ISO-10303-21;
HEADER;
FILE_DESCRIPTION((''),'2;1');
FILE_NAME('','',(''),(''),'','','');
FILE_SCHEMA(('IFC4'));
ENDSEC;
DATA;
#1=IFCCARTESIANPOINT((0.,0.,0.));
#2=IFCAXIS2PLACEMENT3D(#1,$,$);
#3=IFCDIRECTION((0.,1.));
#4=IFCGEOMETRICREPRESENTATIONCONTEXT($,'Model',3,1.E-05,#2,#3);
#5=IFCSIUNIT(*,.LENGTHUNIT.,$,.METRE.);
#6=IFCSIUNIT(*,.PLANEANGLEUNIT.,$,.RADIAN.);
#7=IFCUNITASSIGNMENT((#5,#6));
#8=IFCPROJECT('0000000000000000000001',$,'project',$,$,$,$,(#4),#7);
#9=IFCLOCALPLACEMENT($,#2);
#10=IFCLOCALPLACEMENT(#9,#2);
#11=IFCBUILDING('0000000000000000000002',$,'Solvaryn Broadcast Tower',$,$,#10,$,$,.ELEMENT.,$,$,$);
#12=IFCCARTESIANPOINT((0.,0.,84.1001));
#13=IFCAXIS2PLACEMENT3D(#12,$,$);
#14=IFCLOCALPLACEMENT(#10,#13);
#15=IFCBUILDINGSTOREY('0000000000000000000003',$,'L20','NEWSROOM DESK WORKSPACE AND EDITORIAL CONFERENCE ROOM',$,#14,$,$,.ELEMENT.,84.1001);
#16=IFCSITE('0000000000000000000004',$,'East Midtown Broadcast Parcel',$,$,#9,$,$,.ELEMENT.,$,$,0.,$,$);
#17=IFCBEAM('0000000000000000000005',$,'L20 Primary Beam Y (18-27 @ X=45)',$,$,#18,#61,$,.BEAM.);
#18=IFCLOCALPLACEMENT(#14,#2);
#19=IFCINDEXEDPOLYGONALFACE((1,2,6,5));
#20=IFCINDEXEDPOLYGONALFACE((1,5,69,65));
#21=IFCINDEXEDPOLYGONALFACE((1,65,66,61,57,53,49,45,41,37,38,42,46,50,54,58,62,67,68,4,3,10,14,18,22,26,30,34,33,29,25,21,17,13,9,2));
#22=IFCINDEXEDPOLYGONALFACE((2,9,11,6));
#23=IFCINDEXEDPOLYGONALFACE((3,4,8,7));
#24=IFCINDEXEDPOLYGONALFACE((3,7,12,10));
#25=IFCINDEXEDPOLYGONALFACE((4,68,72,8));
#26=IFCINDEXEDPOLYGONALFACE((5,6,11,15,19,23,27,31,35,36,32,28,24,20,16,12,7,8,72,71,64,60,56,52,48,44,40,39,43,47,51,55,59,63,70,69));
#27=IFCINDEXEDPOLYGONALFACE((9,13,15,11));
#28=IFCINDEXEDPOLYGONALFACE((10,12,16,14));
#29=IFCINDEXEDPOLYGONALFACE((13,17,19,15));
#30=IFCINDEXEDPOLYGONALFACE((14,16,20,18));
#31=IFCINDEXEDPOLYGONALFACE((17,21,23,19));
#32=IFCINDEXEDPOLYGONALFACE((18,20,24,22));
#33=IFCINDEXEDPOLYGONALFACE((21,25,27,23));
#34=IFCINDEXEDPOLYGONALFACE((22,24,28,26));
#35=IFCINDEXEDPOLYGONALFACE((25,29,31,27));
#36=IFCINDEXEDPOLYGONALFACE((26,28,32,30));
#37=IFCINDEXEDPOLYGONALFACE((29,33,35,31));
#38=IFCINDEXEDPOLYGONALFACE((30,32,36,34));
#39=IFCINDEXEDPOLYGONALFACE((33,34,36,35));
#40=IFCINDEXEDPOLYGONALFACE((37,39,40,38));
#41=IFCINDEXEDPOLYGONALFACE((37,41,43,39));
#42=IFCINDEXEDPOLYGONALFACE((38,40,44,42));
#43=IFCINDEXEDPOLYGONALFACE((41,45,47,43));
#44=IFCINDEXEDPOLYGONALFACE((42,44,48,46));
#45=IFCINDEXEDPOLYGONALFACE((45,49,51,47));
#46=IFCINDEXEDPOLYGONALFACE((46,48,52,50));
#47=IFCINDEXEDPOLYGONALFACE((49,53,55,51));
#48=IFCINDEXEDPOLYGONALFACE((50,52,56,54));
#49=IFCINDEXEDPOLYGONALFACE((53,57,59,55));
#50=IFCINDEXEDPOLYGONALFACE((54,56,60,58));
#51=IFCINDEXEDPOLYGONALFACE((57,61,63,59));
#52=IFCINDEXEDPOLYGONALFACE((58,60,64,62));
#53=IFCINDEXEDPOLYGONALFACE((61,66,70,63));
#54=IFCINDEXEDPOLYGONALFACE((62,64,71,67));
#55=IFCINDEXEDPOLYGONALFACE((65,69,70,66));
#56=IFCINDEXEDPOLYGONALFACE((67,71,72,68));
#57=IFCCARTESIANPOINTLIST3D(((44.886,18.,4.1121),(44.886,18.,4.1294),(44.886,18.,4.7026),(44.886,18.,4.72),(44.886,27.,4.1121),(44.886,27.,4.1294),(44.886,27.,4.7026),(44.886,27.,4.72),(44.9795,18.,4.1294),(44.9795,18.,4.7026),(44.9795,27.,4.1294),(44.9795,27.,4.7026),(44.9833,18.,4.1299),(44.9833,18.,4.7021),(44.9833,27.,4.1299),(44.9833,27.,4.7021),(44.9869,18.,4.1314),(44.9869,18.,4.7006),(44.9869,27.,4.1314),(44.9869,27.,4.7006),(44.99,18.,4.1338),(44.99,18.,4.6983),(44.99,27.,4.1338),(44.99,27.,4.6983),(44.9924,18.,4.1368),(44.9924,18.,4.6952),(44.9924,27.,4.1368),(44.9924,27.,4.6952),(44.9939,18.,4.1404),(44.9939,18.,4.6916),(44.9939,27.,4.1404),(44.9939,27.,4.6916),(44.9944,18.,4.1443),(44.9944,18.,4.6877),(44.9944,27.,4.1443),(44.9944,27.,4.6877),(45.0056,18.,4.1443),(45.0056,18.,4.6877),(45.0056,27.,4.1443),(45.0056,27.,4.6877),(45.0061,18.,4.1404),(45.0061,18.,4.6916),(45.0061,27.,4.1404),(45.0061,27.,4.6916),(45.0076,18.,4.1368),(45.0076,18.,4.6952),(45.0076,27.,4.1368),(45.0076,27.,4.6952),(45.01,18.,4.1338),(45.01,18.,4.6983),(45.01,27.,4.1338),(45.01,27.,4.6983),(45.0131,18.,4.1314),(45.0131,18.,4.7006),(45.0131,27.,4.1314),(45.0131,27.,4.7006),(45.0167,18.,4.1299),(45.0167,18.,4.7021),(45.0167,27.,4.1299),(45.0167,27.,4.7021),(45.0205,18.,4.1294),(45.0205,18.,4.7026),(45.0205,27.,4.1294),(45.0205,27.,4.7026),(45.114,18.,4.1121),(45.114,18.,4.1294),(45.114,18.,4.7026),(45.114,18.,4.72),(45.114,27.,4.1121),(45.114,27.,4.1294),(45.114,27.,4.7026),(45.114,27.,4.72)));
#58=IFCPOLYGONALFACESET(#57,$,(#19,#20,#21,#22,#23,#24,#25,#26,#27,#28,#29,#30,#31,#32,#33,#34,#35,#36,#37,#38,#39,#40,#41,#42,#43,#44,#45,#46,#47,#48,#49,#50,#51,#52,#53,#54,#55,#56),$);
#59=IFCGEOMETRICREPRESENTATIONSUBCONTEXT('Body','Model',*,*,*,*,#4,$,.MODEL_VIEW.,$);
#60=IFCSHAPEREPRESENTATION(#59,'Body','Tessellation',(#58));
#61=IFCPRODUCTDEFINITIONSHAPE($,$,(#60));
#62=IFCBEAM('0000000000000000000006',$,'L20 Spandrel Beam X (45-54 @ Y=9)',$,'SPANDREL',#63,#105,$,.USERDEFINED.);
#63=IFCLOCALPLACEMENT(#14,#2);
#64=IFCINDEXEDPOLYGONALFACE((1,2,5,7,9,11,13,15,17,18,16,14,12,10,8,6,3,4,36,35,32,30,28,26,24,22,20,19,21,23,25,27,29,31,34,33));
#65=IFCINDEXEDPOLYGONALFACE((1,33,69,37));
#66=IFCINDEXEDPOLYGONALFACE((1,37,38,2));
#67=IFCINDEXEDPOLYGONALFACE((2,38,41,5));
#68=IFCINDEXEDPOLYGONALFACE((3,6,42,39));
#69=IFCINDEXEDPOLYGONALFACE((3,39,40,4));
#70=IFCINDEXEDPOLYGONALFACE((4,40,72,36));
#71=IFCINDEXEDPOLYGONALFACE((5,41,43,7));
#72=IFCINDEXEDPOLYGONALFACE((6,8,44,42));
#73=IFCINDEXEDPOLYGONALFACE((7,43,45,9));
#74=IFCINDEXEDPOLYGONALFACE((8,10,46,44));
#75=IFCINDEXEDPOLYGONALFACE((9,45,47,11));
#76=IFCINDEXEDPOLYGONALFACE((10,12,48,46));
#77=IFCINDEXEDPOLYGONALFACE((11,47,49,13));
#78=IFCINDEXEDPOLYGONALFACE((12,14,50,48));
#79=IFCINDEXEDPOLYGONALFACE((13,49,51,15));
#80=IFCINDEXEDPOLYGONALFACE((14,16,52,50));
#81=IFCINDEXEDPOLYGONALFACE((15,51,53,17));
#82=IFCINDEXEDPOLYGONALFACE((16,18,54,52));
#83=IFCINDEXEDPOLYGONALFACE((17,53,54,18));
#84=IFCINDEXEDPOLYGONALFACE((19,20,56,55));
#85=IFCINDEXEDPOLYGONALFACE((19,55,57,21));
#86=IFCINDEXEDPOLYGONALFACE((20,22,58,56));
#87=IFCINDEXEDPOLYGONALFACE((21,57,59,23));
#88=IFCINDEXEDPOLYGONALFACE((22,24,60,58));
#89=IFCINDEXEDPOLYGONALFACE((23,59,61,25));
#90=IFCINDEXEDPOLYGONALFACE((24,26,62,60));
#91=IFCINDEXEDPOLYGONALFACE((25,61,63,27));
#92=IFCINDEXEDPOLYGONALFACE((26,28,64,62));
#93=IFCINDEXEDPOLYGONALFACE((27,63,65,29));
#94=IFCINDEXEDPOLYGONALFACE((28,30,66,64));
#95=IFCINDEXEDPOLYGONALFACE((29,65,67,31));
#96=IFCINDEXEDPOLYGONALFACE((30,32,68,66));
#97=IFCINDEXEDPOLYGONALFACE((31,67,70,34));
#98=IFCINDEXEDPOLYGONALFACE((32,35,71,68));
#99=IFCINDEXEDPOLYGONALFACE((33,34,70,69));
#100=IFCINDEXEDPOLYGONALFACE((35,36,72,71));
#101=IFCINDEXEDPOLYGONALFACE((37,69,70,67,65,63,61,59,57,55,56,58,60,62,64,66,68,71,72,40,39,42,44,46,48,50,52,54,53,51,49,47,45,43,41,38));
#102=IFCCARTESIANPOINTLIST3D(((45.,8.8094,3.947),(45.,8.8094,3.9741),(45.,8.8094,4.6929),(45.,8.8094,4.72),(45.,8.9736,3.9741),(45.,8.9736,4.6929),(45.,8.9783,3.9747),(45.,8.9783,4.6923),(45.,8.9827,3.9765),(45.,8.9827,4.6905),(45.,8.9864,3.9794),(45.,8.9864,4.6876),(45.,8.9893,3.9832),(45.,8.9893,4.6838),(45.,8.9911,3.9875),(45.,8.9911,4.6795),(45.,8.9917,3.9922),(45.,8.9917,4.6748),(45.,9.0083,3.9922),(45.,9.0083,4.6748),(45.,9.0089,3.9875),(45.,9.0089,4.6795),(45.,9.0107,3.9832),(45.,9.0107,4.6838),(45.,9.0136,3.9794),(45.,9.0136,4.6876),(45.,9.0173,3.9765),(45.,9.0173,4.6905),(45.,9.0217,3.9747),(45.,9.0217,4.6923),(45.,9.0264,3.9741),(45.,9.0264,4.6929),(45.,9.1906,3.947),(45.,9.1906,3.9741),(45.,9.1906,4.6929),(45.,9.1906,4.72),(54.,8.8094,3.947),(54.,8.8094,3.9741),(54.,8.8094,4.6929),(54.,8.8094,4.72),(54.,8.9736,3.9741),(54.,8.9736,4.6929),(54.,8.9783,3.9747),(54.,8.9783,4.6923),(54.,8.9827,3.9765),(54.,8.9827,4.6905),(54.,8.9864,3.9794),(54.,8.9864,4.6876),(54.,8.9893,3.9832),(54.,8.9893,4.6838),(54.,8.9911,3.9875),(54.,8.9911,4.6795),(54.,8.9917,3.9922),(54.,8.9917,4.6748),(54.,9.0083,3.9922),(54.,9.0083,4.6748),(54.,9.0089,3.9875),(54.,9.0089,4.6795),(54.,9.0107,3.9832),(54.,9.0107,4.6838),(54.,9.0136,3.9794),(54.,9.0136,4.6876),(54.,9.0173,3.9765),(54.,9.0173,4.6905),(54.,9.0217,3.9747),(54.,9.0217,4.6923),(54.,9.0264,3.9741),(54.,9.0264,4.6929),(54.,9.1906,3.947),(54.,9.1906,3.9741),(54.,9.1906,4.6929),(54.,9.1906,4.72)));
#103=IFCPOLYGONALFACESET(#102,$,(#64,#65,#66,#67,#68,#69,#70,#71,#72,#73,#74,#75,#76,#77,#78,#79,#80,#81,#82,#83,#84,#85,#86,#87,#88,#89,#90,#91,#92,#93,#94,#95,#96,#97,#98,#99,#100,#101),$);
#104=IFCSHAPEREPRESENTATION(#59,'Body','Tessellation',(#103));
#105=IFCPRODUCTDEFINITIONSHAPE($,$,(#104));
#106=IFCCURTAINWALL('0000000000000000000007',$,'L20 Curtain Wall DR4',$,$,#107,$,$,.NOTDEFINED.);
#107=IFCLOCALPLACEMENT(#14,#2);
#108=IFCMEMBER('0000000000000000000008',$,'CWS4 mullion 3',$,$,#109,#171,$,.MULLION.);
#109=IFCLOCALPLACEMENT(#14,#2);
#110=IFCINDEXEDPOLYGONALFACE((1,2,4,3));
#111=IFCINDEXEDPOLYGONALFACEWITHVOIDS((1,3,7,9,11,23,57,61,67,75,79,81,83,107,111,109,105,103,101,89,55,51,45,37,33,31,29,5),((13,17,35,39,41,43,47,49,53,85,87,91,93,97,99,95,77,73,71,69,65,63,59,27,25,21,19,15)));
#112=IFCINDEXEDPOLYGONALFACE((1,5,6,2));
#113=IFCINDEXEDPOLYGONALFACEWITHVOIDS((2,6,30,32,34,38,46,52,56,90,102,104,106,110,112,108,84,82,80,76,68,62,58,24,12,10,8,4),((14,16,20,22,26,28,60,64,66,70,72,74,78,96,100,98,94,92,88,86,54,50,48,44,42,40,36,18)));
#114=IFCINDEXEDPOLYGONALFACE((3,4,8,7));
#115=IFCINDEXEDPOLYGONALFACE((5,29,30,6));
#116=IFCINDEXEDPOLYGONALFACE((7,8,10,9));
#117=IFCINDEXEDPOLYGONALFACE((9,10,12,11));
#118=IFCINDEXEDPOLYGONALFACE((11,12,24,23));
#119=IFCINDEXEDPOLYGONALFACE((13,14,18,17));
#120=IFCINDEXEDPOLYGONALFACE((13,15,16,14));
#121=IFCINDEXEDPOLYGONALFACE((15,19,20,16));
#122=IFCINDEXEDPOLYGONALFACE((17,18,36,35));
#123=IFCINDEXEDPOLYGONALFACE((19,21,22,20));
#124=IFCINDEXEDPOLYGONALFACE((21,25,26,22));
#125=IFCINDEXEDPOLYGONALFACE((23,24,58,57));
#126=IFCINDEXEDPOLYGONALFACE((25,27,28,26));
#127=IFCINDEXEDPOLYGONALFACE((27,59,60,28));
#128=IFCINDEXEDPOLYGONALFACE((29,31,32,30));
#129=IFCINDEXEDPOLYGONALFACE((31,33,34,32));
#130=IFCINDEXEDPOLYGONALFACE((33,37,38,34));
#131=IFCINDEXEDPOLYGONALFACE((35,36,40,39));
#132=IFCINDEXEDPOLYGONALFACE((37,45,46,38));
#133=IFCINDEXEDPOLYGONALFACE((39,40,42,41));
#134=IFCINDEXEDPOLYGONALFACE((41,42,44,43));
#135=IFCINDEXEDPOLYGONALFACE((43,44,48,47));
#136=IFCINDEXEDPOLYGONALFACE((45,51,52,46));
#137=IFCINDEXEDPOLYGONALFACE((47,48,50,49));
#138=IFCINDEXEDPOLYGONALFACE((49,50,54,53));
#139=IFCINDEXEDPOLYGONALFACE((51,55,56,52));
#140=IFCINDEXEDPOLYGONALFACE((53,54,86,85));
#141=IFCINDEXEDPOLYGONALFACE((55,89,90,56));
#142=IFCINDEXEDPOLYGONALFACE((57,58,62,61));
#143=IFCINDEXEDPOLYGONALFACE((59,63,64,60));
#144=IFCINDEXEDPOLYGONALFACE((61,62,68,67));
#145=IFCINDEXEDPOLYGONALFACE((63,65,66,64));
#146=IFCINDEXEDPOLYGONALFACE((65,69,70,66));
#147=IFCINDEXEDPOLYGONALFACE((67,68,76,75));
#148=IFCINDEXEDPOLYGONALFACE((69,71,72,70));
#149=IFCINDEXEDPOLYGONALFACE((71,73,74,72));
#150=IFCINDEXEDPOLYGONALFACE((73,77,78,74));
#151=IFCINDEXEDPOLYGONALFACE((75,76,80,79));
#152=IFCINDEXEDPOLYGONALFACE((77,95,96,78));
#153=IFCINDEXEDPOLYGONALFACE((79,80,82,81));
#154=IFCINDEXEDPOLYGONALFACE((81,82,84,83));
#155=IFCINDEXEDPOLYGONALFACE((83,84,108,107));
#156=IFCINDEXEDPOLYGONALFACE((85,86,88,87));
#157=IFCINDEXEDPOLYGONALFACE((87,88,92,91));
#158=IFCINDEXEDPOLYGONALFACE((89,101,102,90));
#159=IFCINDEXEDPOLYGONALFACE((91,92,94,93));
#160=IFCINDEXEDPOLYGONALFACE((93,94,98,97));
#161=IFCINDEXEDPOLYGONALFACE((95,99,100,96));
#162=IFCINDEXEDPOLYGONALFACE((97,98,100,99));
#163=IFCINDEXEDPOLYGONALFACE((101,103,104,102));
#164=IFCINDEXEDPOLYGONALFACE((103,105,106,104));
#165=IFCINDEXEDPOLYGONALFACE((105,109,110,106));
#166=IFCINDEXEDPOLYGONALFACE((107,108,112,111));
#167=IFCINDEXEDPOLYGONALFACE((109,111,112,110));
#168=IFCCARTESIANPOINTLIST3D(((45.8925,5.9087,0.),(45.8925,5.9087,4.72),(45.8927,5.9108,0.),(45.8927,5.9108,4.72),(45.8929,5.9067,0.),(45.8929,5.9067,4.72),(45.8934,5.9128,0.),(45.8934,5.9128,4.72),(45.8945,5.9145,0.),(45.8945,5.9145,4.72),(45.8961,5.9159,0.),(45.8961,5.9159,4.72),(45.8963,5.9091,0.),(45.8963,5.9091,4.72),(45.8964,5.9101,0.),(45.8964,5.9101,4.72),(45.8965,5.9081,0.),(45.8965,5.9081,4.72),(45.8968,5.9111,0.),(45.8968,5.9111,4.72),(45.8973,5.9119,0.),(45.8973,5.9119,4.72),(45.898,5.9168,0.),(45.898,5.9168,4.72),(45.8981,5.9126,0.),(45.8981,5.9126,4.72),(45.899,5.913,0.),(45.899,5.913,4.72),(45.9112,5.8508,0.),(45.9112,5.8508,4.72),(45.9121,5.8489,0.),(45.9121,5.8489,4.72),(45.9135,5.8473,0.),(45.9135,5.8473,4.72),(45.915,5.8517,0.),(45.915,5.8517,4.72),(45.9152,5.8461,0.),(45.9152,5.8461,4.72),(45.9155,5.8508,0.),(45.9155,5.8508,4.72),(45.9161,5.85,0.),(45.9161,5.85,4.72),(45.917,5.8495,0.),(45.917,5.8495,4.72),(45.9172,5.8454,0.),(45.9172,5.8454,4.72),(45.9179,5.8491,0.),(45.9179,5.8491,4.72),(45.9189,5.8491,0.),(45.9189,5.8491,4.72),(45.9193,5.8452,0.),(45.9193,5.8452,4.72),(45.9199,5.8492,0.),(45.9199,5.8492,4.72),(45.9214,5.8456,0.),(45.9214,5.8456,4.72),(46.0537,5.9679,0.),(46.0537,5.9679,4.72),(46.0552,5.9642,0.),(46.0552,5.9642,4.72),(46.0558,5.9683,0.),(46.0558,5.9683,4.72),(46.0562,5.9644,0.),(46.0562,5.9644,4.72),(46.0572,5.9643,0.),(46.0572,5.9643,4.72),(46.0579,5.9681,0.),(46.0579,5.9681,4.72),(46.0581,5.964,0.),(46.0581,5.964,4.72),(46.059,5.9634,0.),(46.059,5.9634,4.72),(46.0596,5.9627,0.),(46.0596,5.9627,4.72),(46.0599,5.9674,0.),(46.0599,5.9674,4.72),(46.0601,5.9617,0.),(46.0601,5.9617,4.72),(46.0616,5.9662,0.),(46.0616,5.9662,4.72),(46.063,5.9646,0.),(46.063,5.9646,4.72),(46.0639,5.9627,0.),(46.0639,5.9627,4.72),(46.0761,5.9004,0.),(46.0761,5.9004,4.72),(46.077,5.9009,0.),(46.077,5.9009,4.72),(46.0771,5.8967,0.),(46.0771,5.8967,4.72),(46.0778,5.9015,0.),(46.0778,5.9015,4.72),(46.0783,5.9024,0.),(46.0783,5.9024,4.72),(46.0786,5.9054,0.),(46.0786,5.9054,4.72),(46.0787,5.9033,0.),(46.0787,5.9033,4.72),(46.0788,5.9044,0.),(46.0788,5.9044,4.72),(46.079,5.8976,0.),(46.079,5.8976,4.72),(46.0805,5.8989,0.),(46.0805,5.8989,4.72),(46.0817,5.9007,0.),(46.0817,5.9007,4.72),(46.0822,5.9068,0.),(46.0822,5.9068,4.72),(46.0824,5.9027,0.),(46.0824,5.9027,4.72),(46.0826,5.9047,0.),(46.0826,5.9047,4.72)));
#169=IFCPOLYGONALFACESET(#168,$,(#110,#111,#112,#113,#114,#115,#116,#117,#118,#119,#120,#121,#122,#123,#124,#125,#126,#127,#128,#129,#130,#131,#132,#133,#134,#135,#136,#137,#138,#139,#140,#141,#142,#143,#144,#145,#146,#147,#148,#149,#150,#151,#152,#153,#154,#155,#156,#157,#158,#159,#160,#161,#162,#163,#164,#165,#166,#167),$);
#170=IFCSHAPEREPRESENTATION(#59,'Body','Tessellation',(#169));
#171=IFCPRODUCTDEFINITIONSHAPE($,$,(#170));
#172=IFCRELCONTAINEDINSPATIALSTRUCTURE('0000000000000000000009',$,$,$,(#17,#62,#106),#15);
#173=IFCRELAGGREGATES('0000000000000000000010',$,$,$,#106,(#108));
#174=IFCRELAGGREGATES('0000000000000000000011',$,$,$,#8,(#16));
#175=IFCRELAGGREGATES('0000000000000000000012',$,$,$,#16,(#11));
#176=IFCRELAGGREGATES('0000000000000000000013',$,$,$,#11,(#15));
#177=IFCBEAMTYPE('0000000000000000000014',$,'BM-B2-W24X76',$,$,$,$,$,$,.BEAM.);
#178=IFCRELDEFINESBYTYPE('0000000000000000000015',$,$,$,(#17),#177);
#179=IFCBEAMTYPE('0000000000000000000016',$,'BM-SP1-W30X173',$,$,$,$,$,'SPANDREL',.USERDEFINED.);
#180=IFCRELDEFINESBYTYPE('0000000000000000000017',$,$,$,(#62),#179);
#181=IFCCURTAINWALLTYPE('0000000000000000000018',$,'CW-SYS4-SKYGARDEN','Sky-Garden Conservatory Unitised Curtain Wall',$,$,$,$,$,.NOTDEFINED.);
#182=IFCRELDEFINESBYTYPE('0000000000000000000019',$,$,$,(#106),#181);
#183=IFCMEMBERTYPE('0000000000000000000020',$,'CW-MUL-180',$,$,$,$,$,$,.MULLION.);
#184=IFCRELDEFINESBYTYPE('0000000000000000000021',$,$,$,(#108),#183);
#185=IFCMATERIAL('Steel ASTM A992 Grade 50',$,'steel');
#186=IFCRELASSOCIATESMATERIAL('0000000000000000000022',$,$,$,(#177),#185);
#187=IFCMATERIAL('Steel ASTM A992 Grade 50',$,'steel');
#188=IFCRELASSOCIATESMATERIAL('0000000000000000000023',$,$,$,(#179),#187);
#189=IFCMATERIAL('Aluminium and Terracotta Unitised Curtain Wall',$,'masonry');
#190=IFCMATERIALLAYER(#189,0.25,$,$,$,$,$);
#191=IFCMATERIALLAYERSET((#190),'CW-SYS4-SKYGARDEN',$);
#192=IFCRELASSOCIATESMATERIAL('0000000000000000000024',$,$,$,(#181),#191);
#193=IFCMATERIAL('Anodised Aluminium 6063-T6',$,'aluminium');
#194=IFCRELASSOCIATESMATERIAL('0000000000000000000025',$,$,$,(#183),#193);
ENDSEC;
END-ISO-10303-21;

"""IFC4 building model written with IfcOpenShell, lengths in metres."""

from ifc_helpers import new_model, si_unit, direction, frame, origin, origin_2d, place, context, subcontext, project, spatial, hollow_rectangle, i_section, extrude, material, layer, layer_set, material_profile, profile_set, type_object, element, aggregate, save


model = new_model("IFC4")

# Units and contexts
model_context = context("Model", 3, precision=1e-05, world=origin(), true_north=direction((0.0, 1.0)))
body_context = subcontext(model_context, "Body", "Model", "MODEL_VIEW")
ifc_project = project(units=[si_unit("LENGTHUNIT", "METRE"), si_unit("PLANEANGLEUNIT", "RADIAN")], contexts=[model_context])

# Site, building, storey
site_placement = place(None, origin())
site = spatial("IfcSite", under=ifc_project, at=site_placement, Name="East Midtown Broadcast Parcel", CompositionType="ELEMENT", RefElevation=0.0)
building_placement = place(site_placement, origin())
building = spatial("IfcBuilding", under=site, at=building_placement, Name="Solvaryn Broadcast Tower", CompositionType="ELEMENT")
storey_placement = place(building_placement, frame((0.0, 0.0, 84.1001)))
storey = spatial("IfcBuildingStorey", under=building, at=storey_placement, Name="L20", Description="NEWSROOM DESK WORKSPACE AND EDITORIAL CONFERENCE ROOM", CompositionType="ELEMENT", Elevation=84.1001)

# Beams
ifc_material_1 = material(Name="Steel ASTM A992 Grade 50", Category="steel")
ifc_material_profile_1 = material_profile(ifc_material_1, i_section(OverallWidth=0.228, OverallDepth=0.6079, WebThickness=0.0112, FlangeThickness=0.0173, FilletRadius=0.0149, at=origin_2d()))
ifc_profile_set_1 = profile_set([ifc_material_profile_1], Name="Steel ASTM A992 Grade 50")
beam_type_1 = type_object("IfcBeamType", Name="BM-B2-W24X76", PredefinedType="BEAM", material=ifc_profile_set_1)
for number, where, z_axis, x_axis, name in (
    (1, (45.0, 18.0, 4.416), (0.0, 1.0, 0.0), (-1.0, 0.0, 0.0), "L20 Primary Beam Y (18-27 @ X=45)"),
):
    element("IfcBeam", number, at=place(storey_placement, frame(where, z_axis=z_axis, x_axis=x_axis)), inside=storey, type_object=beam_type_1, Name=name, PredefinedType="BEAM", context=body_context, shape_type="SweptSolid", body=[
        extrude(i_section(OverallWidth=0.228, OverallDepth=0.6079, WebThickness=0.0112, FlangeThickness=0.0173, FilletRadius=0.0149, at=origin_2d()), origin(), (0.0, 0.0, 1.0), 9.0),
    ])
ifc_material_2 = material(Name="Steel ASTM A992 Grade 50", Category="steel")
ifc_material_profile_2 = material_profile(ifc_material_2, i_section(OverallWidth=0.3811, OverallDepth=0.7729, WebThickness=0.0166, FlangeThickness=0.0271, FilletRadius=0.0181, at=origin_2d()))
ifc_profile_set_2 = profile_set([ifc_material_profile_2], Name="Steel ASTM A992 Grade 50")
beam_type_2 = type_object("IfcBeamType", Name="BM-SP1-W30X173", ElementType="SPANDREL", PredefinedType="USERDEFINED", material=ifc_profile_set_2)
beam_1_placement = place(storey_placement, frame((45.0, 9.0, 4.3335), z_axis=(1.0, 0.0, 0.0), x_axis=(0.0, 1.0, 0.0)))
element("IfcBeam", 2, at=beam_1_placement, inside=storey, type_object=beam_type_2, Name="L20 Spandrel Beam X (45-54 @ Y=9)", ObjectType="SPANDREL", PredefinedType="USERDEFINED", context=body_context, shape_type="SweptSolid", body=[
    extrude(i_section(OverallWidth=0.3811, OverallDepth=0.7729, WebThickness=0.0166, FlangeThickness=0.0271, FilletRadius=0.0181, at=origin_2d()), origin(), (0.0, 0.0, 1.0), 9.0),
])

# Curtain wall, member
ifc_material_3 = material(Name="Aluminium and Terracotta Unitised Curtain Wall", Category="masonry")
ifc_layer_1 = layer(ifc_material_3, 0.25)
ifc_layer_set_1 = layer_set([ifc_layer_1], Name="CW-SYS4-SKYGARDEN")
curtain_wall_type = type_object("IfcCurtainWallType", Name="CW-SYS4-SKYGARDEN", Description="Sky-Garden Conservatory Unitised Curtain Wall", PredefinedType="NOTDEFINED", material=ifc_layer_set_1)
curtain_wall_1_placement = place(storey_placement, origin())
curtain_wall_1 = element("IfcCurtainWall", 3, at=curtain_wall_1_placement, inside=storey, type_object=curtain_wall_type, Name="L20 Curtain Wall DR4", PredefinedType="NOTDEFINED")
ifc_material_4 = material(Name="Anodised Aluminium 6063-T6", Category="aluminium")
ifc_material_profile_3 = material_profile(ifc_material_4, hollow_rectangle(XDim=0.075, YDim=0.1799, WallThickness=0.0039, InnerFilletRadius=0.0039, OuterFilletRadius=0.0081, at=origin_2d()))
ifc_profile_set_3 = profile_set([ifc_material_profile_3], Name="Anodised Aluminium 6063-T6")
member_type_1 = type_object("IfcMemberType", Name="CW-MUL-180", PredefinedType="MULLION", material=ifc_profile_set_3)
member_1_placement = place(storey_placement, frame((45.9875, 5.9067, 0.0), z_axis=(0.0, 0.0, 1.0), x_axis=(-0.311594, 0.950215, 0.0)))
member_1 = element("IfcMember", 4, at=member_1_placement, type_object=member_type_1, Name="CWS4 mullion 3", PredefinedType="MULLION", context=body_context, shape_type="SweptSolid", body=[
    extrude(hollow_rectangle(XDim=0.075, YDim=0.1799, WallThickness=0.0039, InnerFilletRadius=0.0039, OuterFilletRadius=0.0081, at=origin_2d()), origin(), (0.0, 0.0, 1.0), 4.72),
])

aggregate(curtain_wall_1, [member_1])

save(model, "model.ifc")
